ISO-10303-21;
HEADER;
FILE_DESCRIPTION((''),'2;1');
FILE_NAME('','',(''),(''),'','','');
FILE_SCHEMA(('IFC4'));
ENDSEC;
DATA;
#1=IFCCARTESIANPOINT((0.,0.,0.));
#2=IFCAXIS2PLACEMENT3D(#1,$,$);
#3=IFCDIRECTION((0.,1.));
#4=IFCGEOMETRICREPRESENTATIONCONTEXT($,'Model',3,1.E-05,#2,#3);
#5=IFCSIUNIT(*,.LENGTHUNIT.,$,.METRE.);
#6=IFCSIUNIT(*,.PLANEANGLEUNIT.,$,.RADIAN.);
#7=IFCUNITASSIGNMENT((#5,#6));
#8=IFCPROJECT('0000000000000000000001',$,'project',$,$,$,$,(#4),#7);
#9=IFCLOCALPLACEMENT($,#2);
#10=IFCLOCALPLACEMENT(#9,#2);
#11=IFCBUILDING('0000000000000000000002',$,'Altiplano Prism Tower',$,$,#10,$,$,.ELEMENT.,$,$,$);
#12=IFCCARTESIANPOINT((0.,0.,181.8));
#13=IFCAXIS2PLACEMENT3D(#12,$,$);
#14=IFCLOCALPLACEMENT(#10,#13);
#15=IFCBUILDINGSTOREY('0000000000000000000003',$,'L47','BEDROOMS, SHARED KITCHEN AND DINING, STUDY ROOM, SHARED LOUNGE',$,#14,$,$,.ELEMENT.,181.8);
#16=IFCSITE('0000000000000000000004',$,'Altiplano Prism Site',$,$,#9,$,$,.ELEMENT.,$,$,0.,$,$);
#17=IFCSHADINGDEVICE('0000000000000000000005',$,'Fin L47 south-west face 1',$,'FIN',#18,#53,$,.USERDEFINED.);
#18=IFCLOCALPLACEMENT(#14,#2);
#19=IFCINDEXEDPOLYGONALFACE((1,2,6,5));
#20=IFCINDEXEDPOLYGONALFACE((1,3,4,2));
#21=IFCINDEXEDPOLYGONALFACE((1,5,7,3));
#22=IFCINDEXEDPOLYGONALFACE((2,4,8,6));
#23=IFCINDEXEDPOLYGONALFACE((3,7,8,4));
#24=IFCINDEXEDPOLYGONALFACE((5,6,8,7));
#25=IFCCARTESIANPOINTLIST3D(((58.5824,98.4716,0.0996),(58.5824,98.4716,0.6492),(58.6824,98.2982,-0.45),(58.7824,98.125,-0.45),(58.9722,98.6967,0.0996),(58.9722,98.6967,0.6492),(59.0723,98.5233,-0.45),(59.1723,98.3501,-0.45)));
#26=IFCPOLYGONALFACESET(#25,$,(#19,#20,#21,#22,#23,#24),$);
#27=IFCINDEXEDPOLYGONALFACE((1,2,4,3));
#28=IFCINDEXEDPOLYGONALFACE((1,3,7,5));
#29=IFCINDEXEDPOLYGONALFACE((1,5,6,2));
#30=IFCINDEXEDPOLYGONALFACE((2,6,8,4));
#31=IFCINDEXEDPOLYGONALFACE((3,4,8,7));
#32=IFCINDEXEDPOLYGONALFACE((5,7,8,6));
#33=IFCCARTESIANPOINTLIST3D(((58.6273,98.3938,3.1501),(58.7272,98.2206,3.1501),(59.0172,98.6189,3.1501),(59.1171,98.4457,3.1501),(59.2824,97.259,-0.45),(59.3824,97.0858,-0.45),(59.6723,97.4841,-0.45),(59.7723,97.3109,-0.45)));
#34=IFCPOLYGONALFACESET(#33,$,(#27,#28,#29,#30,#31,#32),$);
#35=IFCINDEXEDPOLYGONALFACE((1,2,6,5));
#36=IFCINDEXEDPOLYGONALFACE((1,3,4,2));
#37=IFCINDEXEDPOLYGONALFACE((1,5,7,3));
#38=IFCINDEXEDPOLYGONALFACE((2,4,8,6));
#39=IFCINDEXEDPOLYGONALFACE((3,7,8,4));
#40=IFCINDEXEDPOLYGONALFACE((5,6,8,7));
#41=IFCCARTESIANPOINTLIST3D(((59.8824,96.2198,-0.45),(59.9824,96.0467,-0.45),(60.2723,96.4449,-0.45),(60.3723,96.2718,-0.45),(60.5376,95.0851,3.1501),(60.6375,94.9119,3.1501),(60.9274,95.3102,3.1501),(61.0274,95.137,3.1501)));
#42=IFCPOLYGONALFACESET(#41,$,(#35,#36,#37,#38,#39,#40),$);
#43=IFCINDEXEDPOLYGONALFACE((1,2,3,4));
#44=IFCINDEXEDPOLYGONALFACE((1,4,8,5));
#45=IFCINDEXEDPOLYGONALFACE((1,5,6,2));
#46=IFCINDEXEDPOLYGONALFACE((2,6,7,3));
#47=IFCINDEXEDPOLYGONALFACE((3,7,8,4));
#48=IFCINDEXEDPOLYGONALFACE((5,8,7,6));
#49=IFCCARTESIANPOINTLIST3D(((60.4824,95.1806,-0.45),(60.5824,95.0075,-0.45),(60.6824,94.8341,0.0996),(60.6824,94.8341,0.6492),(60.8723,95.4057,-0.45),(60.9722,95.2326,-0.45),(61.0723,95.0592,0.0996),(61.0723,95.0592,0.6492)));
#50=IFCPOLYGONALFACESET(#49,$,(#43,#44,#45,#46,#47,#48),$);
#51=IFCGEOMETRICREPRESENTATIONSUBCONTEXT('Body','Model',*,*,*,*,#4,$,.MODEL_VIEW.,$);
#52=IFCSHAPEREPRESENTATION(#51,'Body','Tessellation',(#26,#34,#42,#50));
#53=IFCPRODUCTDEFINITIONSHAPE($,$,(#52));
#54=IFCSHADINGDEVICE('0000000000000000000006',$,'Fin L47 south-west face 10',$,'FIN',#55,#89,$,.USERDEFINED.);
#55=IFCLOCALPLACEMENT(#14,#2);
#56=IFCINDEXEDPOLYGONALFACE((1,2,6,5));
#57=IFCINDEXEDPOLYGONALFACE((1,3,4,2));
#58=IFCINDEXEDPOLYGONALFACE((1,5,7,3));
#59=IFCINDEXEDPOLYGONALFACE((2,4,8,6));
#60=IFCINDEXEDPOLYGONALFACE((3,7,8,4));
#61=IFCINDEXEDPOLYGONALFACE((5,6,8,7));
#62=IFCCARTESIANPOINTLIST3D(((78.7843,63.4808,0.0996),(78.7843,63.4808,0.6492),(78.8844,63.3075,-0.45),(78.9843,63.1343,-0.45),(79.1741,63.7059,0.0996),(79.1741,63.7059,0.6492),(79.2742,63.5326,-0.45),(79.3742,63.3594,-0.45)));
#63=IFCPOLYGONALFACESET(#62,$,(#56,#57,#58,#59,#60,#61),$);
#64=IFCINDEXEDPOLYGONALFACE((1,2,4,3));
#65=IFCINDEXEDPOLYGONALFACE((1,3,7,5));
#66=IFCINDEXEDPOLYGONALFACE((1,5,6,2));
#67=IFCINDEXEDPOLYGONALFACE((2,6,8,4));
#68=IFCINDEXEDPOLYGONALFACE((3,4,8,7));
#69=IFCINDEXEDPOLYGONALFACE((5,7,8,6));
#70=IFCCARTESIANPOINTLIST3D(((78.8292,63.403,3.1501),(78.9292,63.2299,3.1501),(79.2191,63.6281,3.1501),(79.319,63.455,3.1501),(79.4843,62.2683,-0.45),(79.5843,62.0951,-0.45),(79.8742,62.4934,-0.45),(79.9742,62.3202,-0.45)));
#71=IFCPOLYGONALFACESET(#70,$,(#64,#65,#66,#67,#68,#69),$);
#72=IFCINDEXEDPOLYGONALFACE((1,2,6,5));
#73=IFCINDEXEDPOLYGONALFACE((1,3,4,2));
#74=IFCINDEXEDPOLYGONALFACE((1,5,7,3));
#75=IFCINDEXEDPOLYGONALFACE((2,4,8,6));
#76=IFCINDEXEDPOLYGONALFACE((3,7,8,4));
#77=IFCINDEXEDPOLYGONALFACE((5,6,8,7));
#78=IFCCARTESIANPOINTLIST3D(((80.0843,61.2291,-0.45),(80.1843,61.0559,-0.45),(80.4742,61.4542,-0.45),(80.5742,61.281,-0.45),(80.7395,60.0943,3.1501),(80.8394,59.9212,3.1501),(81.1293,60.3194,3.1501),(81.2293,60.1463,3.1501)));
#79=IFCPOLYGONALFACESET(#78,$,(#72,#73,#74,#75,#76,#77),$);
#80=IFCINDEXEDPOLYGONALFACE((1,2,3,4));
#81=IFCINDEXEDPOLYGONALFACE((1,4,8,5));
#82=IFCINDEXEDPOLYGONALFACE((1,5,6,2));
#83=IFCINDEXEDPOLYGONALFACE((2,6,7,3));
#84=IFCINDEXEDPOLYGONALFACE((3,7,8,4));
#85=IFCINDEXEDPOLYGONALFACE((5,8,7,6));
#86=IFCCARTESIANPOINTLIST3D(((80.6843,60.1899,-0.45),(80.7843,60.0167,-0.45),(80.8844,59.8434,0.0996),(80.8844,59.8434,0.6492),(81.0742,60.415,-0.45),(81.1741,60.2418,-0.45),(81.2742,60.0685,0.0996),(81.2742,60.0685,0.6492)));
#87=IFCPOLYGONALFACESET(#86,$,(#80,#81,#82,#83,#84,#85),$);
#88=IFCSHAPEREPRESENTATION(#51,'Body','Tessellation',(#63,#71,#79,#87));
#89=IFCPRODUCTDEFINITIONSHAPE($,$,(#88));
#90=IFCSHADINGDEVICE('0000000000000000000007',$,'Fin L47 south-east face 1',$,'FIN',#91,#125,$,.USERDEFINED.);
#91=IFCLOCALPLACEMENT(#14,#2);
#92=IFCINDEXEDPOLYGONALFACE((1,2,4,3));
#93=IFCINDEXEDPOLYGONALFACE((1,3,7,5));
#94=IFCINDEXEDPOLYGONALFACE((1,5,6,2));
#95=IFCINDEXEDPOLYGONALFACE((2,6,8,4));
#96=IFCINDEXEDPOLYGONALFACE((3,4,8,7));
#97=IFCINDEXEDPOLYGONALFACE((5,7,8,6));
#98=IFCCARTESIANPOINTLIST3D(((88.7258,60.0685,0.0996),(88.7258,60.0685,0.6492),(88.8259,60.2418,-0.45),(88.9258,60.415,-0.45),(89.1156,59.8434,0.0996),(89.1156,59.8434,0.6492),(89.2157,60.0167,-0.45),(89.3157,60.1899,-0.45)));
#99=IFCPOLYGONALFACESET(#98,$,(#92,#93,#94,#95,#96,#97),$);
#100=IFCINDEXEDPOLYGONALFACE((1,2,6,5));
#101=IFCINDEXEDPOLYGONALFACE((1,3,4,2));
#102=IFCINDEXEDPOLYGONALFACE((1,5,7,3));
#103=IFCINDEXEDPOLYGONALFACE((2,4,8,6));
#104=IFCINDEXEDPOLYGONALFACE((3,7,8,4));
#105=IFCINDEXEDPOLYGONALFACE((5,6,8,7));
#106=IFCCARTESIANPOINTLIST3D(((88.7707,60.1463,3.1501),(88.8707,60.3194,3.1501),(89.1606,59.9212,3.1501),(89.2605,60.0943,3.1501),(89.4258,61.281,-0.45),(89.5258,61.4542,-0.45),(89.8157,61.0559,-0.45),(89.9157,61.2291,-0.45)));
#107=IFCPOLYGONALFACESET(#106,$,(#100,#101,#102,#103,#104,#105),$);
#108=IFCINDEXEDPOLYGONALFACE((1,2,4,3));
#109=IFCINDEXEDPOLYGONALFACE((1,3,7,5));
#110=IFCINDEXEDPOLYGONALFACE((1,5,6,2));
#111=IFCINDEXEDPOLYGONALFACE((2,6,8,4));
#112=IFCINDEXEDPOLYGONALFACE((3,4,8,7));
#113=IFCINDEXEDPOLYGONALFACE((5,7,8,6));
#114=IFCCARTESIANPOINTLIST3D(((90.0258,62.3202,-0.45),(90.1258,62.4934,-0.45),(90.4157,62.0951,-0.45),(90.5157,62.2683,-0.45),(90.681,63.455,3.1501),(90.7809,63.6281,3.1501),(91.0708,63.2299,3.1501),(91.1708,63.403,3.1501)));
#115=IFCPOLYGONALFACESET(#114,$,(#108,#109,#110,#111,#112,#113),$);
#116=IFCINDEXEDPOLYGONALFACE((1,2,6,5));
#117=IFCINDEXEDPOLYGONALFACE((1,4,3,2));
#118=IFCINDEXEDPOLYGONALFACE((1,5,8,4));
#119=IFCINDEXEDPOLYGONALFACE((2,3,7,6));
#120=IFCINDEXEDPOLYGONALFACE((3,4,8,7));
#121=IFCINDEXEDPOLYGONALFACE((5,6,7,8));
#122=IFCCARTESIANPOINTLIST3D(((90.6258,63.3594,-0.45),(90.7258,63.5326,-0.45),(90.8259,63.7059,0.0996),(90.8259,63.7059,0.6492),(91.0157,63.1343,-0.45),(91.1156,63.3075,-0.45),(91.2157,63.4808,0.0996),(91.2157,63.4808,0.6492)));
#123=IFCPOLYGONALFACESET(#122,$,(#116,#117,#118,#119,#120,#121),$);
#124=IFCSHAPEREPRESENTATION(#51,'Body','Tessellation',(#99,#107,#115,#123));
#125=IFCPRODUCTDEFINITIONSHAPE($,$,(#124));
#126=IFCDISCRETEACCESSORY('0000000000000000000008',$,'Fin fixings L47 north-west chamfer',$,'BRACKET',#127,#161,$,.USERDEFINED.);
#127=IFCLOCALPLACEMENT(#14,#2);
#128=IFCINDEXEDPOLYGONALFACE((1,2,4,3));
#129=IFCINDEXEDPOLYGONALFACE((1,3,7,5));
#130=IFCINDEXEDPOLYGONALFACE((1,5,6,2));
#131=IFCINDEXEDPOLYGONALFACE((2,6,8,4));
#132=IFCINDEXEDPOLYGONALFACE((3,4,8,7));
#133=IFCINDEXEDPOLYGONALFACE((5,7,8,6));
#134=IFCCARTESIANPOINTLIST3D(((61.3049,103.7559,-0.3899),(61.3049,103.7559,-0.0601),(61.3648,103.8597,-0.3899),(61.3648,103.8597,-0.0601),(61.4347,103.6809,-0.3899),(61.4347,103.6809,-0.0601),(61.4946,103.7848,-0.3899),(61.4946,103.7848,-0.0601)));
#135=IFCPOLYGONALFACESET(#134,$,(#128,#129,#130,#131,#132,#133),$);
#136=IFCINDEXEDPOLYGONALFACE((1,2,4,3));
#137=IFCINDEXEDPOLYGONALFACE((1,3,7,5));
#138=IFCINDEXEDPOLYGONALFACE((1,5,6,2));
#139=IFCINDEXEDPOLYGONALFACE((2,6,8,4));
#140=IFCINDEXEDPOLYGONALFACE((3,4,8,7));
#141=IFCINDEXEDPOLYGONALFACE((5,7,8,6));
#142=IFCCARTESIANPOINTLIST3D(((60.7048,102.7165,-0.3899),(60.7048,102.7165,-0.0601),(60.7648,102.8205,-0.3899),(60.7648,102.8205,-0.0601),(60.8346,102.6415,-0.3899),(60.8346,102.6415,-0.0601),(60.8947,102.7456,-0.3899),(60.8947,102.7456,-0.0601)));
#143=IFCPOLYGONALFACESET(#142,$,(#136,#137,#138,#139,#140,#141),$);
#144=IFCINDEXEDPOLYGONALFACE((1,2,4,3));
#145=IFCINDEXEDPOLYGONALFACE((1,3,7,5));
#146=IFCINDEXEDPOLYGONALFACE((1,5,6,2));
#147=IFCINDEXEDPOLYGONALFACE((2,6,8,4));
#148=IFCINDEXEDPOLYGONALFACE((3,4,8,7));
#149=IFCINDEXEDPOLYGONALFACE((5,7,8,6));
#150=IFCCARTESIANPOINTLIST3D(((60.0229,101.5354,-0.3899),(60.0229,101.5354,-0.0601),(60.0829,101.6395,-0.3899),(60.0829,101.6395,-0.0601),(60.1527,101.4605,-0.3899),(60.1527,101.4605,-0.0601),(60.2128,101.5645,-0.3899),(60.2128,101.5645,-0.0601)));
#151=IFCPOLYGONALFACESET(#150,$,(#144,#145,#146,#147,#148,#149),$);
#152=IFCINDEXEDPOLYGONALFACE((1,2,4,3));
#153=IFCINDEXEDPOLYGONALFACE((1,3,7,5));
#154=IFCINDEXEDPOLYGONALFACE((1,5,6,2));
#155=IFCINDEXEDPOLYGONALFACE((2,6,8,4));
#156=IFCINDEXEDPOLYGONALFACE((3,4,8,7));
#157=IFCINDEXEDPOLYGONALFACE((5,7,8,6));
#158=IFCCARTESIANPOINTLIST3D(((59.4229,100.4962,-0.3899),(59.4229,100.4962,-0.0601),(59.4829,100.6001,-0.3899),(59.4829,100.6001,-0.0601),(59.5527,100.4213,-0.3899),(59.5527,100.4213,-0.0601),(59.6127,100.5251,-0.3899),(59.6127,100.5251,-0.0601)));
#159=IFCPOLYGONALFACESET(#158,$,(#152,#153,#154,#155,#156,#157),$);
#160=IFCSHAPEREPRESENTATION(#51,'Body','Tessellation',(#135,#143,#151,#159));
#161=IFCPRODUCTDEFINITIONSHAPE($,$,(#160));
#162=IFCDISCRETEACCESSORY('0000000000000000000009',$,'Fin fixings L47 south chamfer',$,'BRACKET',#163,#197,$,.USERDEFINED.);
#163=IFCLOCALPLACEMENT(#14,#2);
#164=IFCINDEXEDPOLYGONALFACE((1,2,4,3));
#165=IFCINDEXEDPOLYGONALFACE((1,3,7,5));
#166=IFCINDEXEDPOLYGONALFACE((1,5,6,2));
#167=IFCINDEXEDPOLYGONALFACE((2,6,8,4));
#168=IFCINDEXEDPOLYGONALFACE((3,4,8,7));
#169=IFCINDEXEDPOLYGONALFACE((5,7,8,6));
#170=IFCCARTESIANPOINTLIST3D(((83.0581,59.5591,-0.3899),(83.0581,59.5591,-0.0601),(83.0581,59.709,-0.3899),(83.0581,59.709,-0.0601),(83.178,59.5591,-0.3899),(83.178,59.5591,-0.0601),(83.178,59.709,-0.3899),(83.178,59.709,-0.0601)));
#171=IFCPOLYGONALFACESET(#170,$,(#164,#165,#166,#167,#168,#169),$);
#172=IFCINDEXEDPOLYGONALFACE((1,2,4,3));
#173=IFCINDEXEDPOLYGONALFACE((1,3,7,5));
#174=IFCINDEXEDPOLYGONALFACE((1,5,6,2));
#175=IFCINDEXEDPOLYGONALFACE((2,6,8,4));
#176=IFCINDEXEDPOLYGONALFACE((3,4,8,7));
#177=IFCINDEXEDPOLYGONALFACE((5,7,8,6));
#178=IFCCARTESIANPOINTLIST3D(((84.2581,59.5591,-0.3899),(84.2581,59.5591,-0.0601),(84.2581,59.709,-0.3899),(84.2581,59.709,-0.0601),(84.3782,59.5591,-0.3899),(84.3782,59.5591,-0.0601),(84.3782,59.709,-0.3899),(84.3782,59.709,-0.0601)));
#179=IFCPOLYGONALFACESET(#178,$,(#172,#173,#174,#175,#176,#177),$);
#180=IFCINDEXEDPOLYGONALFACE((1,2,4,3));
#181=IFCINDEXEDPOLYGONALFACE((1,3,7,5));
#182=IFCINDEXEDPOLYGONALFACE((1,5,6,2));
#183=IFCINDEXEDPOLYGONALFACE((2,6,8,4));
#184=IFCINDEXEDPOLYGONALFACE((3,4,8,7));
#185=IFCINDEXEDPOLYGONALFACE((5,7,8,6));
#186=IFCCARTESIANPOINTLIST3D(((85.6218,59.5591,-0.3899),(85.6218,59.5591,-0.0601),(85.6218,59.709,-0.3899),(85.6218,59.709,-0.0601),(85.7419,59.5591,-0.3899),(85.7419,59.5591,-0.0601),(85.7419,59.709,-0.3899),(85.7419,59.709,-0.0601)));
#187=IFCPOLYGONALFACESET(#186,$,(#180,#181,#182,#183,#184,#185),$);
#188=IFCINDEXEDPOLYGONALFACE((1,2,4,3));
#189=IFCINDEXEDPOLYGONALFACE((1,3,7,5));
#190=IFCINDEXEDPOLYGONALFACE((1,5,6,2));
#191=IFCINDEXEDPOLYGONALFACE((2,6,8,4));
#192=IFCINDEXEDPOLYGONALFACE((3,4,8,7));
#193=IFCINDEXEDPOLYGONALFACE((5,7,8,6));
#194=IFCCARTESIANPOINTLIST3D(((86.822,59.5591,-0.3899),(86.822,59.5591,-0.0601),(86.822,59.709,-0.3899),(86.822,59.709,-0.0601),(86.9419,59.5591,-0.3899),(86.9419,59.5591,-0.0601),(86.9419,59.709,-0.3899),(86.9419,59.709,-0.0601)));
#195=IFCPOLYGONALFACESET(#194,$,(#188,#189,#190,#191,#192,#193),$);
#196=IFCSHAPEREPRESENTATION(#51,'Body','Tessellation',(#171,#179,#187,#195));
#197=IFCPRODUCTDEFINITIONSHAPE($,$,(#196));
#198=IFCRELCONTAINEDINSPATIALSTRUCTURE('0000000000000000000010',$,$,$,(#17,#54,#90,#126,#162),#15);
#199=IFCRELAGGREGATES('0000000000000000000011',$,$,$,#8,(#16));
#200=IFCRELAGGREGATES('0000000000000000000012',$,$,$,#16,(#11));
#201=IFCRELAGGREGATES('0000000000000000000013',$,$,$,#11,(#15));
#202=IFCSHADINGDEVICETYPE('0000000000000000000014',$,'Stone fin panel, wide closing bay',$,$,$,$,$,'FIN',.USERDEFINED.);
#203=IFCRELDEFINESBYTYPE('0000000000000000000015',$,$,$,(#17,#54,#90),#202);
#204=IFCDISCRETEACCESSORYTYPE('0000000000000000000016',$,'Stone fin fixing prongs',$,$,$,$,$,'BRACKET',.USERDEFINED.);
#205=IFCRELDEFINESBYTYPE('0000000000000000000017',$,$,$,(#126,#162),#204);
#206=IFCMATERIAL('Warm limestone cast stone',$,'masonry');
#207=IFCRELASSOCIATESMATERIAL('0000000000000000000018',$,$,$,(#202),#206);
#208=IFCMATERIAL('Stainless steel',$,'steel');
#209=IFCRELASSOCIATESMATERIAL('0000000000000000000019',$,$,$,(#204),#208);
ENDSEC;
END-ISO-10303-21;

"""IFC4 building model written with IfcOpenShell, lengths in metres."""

from ifc_helpers import new_model, si_unit, direction, frame, origin, place, context, subcontext, project, spatial, polyline, outline, extrude, source, transform, mapped, material, type_object, element, save


model = new_model("IFC4")

# Units and contexts
model_context = context("Model", 3, precision=1e-05, world=origin(), true_north=direction((0.0, 1.0)))
body_context = subcontext(model_context, "Body", "Model", "MODEL_VIEW")
ifc_project = project(units=[si_unit("LENGTHUNIT", "METRE"), si_unit("PLANEANGLEUNIT", "RADIAN")], contexts=[model_context])

# Site, building, storey
site_placement = place(None, origin())
site = spatial("IfcSite", under=ifc_project, at=site_placement, Name="Altiplano Prism Site", CompositionType="ELEMENT", RefElevation=0.0)
building_placement = place(site_placement, origin())
building = spatial("IfcBuilding", under=site, at=building_placement, Name="Altiplano Prism Tower", CompositionType="ELEMENT")
storey_placement = place(building_placement, frame((0.0, 0.0, 181.8)))
storey = spatial("IfcBuildingStorey", under=building, at=storey_placement, Name="L47", Description="BEDROOMS, SHARED KITCHEN AND DINING, STUDY ROOM, SHARED LOUNGE", CompositionType="ELEMENT", Elevation=181.8)

# Shading devices
ifc_material_1 = material(Name="Warm limestone cast stone", Category="masonry")
shading_device_type_1 = type_object("IfcShadingDeviceType", Name="Stone fin panel, wide closing bay", ElementType="FIN", PredefinedType="USERDEFINED", material=ifc_material_1)
shared_shape_1 = source(origin(), body_context, "Body", "SweptSolid", [
    extrude(outline(polyline([(-2.1001, 1.0991), (-2.1001, 0.5496), (-1.8999, 0.0), (-1.7, 0.0), (-2.1001, 1.0991)])), frame((0.0, -0.1499, 0.0), z_axis=(0.0, -1.0, 0.0), x_axis=(1.0, 0.0, 0.0)), (0.0, 0.0, 1.0), 0.4502),
    extrude(outline(polyline([(-2.0103, 3.6001), (-0.7, 0.0), (-0.5, 0.0), (-1.8103, 3.6001), (-2.0103, 3.6001)])), frame((0.0, -0.1499, 0.0), z_axis=(0.0, -1.0, 0.0), x_axis=(1.0, 0.0, 0.0)), (0.0, 0.0, 1.0), 0.4502),
    extrude(outline(polyline([(1.8103, 3.6001), (0.5, 0.0), (0.7, 0.0), (2.0103, 3.6001), (1.8103, 3.6001)])), frame((0.0, -0.1499, 0.0), z_axis=(0.0, -1.0, 0.0), x_axis=(1.0, 0.0, 0.0)), (0.0, 0.0, 1.0), 0.4502),
    extrude(outline(polyline([(2.1001, 0.5496), (2.1001, 1.0991), (1.7, 0.0), (1.8999, 0.0), (2.1001, 0.5496)])), frame((0.0, -0.1499, 0.0), z_axis=(0.0, -1.0, 0.0), x_axis=(1.0, 0.0, 0.0)), (0.0, 0.0, 1.0), 0.4502),
])
shading_device_1_placement = place(storey_placement, origin())
element("IfcShadingDevice", 1, at=shading_device_1_placement, inside=storey, type_object=shading_device_type_1, Name="Fin L47 south-west face 1", ObjectType="FIN", PredefinedType="USERDEFINED", context=body_context, shape_type="MappedRepresentation", body=[
    mapped(shared_shape_1, transform((60.1521, 96.9529, -0.45), x_axis=(0.5, -0.866025, 0.0), y_axis=(0.866025, 0.5, 0.0), z_axis=(0.0, 0.0, 1.0))),
])
shading_device_2_placement = place(storey_placement, origin())
element("IfcShadingDevice", 2, at=shading_device_2_placement, inside=storey, type_object=shading_device_type_1, Name="Fin L47 south-west face 10", ObjectType="FIN", PredefinedType="USERDEFINED", context=body_context, shape_type="MappedRepresentation", body=[
    mapped(shared_shape_1, transform((80.354, 61.9622, -0.45), x_axis=(0.5, -0.866025, 0.0), y_axis=(0.866025, 0.5, 0.0), z_axis=(0.0, 0.0, 1.0))),
])
shading_device_3_placement = place(storey_placement, origin())
element("IfcShadingDevice", 3, at=shading_device_3_placement, inside=storey, type_object=shading_device_type_1, Name="Fin L47 south-east face 1", ObjectType="FIN", PredefinedType="USERDEFINED", context=body_context, shape_type="MappedRepresentation", body=[
    mapped(shared_shape_1, transform((89.646, 61.9622, -0.45), x_axis=(0.5, 0.866025, 0.0), y_axis=(-0.866025, 0.5, 0.0), z_axis=(0.0, 0.0, 1.0))),
])

# Discrete accessories
ifc_material_2 = material(Name="Stainless steel", Category="steel")
discrete_accessory_type = type_object("IfcDiscreteAccessoryType", Name="Stone fin fixing prongs", ElementType="BRACKET", PredefinedType="USERDEFINED", material=ifc_material_2)
shared_shape_2 = source(origin(), body_context, "Body", "SweptSolid", [
    extrude(outline(polyline([(-1.9419, 0.0601), (-1.822, 0.0601), (-1.822, 0.3899), (-1.9419, 0.3899), (-1.9419, 0.0601)])), frame((0.0, 0.0, 0.0), z_axis=(0.0, -1.0, 0.0), x_axis=(1.0, 0.0, 0.0)), (0.0, 0.0, 1.0), 0.1499),
    extrude(outline(polyline([(-0.7419, 0.0601), (-0.6218, 0.0601), (-0.6218, 0.3899), (-0.7419, 0.3899), (-0.7419, 0.0601)])), frame((0.0, 0.0, 0.0), z_axis=(0.0, -1.0, 0.0), x_axis=(1.0, 0.0, 0.0)), (0.0, 0.0, 1.0), 0.1499),
    extrude(outline(polyline([(0.6218, 0.0601), (0.7419, 0.0601), (0.7419, 0.3899), (0.6218, 0.3899), (0.6218, 0.0601)])), frame((0.0, 0.0, 0.0), z_axis=(0.0, -1.0, 0.0), x_axis=(1.0, 0.0, 0.0)), (0.0, 0.0, 1.0), 0.1499),
    extrude(outline(polyline([(1.822, 0.0601), (1.9419, 0.0601), (1.9419, 0.3899), (1.822, 0.3899), (1.822, 0.0601)])), frame((0.0, 0.0, 0.0), z_axis=(0.0, -1.0, 0.0), x_axis=(1.0, 0.0, 0.0)), (0.0, 0.0, 1.0), 0.1499),
])
discrete_accessory_1_placement = place(storey_placement, origin())
element("IfcDiscreteAccessory", 4, at=discrete_accessory_1_placement, inside=storey, type_object=discrete_accessory_type, Name="Fin fixings L47 north-west chamfer", ObjectType="BRACKET", PredefinedType="USERDEFINED", context=body_context, shape_type="MappedRepresentation", body=[
    mapped(shared_shape_2, transform((60.5237, 102.103, -0.45), x_axis=(-0.5, -0.866025, 0.0), y_axis=(0.866025, -0.5, 0.0), z_axis=(0.0, 0.0, 1.0))),
])
discrete_accessory_2_placement = place(storey_placement, origin())
element("IfcDiscreteAccessory", 5, at=discrete_accessory_2_placement, inside=storey, type_object=discrete_accessory_type, Name="Fin fixings L47 south chamfer", ObjectType="BRACKET", PredefinedType="USERDEFINED", context=body_context, shape_type="MappedRepresentation", body=[
    mapped(shared_shape_2, transform((85.0, 59.709, -0.45), x_axis=(1.0, 0.0, 0.0), y_axis=(0.0, 1.0, 0.0), z_axis=(0.0, 0.0, 1.0))),
])

save(model, "model.ifc")
